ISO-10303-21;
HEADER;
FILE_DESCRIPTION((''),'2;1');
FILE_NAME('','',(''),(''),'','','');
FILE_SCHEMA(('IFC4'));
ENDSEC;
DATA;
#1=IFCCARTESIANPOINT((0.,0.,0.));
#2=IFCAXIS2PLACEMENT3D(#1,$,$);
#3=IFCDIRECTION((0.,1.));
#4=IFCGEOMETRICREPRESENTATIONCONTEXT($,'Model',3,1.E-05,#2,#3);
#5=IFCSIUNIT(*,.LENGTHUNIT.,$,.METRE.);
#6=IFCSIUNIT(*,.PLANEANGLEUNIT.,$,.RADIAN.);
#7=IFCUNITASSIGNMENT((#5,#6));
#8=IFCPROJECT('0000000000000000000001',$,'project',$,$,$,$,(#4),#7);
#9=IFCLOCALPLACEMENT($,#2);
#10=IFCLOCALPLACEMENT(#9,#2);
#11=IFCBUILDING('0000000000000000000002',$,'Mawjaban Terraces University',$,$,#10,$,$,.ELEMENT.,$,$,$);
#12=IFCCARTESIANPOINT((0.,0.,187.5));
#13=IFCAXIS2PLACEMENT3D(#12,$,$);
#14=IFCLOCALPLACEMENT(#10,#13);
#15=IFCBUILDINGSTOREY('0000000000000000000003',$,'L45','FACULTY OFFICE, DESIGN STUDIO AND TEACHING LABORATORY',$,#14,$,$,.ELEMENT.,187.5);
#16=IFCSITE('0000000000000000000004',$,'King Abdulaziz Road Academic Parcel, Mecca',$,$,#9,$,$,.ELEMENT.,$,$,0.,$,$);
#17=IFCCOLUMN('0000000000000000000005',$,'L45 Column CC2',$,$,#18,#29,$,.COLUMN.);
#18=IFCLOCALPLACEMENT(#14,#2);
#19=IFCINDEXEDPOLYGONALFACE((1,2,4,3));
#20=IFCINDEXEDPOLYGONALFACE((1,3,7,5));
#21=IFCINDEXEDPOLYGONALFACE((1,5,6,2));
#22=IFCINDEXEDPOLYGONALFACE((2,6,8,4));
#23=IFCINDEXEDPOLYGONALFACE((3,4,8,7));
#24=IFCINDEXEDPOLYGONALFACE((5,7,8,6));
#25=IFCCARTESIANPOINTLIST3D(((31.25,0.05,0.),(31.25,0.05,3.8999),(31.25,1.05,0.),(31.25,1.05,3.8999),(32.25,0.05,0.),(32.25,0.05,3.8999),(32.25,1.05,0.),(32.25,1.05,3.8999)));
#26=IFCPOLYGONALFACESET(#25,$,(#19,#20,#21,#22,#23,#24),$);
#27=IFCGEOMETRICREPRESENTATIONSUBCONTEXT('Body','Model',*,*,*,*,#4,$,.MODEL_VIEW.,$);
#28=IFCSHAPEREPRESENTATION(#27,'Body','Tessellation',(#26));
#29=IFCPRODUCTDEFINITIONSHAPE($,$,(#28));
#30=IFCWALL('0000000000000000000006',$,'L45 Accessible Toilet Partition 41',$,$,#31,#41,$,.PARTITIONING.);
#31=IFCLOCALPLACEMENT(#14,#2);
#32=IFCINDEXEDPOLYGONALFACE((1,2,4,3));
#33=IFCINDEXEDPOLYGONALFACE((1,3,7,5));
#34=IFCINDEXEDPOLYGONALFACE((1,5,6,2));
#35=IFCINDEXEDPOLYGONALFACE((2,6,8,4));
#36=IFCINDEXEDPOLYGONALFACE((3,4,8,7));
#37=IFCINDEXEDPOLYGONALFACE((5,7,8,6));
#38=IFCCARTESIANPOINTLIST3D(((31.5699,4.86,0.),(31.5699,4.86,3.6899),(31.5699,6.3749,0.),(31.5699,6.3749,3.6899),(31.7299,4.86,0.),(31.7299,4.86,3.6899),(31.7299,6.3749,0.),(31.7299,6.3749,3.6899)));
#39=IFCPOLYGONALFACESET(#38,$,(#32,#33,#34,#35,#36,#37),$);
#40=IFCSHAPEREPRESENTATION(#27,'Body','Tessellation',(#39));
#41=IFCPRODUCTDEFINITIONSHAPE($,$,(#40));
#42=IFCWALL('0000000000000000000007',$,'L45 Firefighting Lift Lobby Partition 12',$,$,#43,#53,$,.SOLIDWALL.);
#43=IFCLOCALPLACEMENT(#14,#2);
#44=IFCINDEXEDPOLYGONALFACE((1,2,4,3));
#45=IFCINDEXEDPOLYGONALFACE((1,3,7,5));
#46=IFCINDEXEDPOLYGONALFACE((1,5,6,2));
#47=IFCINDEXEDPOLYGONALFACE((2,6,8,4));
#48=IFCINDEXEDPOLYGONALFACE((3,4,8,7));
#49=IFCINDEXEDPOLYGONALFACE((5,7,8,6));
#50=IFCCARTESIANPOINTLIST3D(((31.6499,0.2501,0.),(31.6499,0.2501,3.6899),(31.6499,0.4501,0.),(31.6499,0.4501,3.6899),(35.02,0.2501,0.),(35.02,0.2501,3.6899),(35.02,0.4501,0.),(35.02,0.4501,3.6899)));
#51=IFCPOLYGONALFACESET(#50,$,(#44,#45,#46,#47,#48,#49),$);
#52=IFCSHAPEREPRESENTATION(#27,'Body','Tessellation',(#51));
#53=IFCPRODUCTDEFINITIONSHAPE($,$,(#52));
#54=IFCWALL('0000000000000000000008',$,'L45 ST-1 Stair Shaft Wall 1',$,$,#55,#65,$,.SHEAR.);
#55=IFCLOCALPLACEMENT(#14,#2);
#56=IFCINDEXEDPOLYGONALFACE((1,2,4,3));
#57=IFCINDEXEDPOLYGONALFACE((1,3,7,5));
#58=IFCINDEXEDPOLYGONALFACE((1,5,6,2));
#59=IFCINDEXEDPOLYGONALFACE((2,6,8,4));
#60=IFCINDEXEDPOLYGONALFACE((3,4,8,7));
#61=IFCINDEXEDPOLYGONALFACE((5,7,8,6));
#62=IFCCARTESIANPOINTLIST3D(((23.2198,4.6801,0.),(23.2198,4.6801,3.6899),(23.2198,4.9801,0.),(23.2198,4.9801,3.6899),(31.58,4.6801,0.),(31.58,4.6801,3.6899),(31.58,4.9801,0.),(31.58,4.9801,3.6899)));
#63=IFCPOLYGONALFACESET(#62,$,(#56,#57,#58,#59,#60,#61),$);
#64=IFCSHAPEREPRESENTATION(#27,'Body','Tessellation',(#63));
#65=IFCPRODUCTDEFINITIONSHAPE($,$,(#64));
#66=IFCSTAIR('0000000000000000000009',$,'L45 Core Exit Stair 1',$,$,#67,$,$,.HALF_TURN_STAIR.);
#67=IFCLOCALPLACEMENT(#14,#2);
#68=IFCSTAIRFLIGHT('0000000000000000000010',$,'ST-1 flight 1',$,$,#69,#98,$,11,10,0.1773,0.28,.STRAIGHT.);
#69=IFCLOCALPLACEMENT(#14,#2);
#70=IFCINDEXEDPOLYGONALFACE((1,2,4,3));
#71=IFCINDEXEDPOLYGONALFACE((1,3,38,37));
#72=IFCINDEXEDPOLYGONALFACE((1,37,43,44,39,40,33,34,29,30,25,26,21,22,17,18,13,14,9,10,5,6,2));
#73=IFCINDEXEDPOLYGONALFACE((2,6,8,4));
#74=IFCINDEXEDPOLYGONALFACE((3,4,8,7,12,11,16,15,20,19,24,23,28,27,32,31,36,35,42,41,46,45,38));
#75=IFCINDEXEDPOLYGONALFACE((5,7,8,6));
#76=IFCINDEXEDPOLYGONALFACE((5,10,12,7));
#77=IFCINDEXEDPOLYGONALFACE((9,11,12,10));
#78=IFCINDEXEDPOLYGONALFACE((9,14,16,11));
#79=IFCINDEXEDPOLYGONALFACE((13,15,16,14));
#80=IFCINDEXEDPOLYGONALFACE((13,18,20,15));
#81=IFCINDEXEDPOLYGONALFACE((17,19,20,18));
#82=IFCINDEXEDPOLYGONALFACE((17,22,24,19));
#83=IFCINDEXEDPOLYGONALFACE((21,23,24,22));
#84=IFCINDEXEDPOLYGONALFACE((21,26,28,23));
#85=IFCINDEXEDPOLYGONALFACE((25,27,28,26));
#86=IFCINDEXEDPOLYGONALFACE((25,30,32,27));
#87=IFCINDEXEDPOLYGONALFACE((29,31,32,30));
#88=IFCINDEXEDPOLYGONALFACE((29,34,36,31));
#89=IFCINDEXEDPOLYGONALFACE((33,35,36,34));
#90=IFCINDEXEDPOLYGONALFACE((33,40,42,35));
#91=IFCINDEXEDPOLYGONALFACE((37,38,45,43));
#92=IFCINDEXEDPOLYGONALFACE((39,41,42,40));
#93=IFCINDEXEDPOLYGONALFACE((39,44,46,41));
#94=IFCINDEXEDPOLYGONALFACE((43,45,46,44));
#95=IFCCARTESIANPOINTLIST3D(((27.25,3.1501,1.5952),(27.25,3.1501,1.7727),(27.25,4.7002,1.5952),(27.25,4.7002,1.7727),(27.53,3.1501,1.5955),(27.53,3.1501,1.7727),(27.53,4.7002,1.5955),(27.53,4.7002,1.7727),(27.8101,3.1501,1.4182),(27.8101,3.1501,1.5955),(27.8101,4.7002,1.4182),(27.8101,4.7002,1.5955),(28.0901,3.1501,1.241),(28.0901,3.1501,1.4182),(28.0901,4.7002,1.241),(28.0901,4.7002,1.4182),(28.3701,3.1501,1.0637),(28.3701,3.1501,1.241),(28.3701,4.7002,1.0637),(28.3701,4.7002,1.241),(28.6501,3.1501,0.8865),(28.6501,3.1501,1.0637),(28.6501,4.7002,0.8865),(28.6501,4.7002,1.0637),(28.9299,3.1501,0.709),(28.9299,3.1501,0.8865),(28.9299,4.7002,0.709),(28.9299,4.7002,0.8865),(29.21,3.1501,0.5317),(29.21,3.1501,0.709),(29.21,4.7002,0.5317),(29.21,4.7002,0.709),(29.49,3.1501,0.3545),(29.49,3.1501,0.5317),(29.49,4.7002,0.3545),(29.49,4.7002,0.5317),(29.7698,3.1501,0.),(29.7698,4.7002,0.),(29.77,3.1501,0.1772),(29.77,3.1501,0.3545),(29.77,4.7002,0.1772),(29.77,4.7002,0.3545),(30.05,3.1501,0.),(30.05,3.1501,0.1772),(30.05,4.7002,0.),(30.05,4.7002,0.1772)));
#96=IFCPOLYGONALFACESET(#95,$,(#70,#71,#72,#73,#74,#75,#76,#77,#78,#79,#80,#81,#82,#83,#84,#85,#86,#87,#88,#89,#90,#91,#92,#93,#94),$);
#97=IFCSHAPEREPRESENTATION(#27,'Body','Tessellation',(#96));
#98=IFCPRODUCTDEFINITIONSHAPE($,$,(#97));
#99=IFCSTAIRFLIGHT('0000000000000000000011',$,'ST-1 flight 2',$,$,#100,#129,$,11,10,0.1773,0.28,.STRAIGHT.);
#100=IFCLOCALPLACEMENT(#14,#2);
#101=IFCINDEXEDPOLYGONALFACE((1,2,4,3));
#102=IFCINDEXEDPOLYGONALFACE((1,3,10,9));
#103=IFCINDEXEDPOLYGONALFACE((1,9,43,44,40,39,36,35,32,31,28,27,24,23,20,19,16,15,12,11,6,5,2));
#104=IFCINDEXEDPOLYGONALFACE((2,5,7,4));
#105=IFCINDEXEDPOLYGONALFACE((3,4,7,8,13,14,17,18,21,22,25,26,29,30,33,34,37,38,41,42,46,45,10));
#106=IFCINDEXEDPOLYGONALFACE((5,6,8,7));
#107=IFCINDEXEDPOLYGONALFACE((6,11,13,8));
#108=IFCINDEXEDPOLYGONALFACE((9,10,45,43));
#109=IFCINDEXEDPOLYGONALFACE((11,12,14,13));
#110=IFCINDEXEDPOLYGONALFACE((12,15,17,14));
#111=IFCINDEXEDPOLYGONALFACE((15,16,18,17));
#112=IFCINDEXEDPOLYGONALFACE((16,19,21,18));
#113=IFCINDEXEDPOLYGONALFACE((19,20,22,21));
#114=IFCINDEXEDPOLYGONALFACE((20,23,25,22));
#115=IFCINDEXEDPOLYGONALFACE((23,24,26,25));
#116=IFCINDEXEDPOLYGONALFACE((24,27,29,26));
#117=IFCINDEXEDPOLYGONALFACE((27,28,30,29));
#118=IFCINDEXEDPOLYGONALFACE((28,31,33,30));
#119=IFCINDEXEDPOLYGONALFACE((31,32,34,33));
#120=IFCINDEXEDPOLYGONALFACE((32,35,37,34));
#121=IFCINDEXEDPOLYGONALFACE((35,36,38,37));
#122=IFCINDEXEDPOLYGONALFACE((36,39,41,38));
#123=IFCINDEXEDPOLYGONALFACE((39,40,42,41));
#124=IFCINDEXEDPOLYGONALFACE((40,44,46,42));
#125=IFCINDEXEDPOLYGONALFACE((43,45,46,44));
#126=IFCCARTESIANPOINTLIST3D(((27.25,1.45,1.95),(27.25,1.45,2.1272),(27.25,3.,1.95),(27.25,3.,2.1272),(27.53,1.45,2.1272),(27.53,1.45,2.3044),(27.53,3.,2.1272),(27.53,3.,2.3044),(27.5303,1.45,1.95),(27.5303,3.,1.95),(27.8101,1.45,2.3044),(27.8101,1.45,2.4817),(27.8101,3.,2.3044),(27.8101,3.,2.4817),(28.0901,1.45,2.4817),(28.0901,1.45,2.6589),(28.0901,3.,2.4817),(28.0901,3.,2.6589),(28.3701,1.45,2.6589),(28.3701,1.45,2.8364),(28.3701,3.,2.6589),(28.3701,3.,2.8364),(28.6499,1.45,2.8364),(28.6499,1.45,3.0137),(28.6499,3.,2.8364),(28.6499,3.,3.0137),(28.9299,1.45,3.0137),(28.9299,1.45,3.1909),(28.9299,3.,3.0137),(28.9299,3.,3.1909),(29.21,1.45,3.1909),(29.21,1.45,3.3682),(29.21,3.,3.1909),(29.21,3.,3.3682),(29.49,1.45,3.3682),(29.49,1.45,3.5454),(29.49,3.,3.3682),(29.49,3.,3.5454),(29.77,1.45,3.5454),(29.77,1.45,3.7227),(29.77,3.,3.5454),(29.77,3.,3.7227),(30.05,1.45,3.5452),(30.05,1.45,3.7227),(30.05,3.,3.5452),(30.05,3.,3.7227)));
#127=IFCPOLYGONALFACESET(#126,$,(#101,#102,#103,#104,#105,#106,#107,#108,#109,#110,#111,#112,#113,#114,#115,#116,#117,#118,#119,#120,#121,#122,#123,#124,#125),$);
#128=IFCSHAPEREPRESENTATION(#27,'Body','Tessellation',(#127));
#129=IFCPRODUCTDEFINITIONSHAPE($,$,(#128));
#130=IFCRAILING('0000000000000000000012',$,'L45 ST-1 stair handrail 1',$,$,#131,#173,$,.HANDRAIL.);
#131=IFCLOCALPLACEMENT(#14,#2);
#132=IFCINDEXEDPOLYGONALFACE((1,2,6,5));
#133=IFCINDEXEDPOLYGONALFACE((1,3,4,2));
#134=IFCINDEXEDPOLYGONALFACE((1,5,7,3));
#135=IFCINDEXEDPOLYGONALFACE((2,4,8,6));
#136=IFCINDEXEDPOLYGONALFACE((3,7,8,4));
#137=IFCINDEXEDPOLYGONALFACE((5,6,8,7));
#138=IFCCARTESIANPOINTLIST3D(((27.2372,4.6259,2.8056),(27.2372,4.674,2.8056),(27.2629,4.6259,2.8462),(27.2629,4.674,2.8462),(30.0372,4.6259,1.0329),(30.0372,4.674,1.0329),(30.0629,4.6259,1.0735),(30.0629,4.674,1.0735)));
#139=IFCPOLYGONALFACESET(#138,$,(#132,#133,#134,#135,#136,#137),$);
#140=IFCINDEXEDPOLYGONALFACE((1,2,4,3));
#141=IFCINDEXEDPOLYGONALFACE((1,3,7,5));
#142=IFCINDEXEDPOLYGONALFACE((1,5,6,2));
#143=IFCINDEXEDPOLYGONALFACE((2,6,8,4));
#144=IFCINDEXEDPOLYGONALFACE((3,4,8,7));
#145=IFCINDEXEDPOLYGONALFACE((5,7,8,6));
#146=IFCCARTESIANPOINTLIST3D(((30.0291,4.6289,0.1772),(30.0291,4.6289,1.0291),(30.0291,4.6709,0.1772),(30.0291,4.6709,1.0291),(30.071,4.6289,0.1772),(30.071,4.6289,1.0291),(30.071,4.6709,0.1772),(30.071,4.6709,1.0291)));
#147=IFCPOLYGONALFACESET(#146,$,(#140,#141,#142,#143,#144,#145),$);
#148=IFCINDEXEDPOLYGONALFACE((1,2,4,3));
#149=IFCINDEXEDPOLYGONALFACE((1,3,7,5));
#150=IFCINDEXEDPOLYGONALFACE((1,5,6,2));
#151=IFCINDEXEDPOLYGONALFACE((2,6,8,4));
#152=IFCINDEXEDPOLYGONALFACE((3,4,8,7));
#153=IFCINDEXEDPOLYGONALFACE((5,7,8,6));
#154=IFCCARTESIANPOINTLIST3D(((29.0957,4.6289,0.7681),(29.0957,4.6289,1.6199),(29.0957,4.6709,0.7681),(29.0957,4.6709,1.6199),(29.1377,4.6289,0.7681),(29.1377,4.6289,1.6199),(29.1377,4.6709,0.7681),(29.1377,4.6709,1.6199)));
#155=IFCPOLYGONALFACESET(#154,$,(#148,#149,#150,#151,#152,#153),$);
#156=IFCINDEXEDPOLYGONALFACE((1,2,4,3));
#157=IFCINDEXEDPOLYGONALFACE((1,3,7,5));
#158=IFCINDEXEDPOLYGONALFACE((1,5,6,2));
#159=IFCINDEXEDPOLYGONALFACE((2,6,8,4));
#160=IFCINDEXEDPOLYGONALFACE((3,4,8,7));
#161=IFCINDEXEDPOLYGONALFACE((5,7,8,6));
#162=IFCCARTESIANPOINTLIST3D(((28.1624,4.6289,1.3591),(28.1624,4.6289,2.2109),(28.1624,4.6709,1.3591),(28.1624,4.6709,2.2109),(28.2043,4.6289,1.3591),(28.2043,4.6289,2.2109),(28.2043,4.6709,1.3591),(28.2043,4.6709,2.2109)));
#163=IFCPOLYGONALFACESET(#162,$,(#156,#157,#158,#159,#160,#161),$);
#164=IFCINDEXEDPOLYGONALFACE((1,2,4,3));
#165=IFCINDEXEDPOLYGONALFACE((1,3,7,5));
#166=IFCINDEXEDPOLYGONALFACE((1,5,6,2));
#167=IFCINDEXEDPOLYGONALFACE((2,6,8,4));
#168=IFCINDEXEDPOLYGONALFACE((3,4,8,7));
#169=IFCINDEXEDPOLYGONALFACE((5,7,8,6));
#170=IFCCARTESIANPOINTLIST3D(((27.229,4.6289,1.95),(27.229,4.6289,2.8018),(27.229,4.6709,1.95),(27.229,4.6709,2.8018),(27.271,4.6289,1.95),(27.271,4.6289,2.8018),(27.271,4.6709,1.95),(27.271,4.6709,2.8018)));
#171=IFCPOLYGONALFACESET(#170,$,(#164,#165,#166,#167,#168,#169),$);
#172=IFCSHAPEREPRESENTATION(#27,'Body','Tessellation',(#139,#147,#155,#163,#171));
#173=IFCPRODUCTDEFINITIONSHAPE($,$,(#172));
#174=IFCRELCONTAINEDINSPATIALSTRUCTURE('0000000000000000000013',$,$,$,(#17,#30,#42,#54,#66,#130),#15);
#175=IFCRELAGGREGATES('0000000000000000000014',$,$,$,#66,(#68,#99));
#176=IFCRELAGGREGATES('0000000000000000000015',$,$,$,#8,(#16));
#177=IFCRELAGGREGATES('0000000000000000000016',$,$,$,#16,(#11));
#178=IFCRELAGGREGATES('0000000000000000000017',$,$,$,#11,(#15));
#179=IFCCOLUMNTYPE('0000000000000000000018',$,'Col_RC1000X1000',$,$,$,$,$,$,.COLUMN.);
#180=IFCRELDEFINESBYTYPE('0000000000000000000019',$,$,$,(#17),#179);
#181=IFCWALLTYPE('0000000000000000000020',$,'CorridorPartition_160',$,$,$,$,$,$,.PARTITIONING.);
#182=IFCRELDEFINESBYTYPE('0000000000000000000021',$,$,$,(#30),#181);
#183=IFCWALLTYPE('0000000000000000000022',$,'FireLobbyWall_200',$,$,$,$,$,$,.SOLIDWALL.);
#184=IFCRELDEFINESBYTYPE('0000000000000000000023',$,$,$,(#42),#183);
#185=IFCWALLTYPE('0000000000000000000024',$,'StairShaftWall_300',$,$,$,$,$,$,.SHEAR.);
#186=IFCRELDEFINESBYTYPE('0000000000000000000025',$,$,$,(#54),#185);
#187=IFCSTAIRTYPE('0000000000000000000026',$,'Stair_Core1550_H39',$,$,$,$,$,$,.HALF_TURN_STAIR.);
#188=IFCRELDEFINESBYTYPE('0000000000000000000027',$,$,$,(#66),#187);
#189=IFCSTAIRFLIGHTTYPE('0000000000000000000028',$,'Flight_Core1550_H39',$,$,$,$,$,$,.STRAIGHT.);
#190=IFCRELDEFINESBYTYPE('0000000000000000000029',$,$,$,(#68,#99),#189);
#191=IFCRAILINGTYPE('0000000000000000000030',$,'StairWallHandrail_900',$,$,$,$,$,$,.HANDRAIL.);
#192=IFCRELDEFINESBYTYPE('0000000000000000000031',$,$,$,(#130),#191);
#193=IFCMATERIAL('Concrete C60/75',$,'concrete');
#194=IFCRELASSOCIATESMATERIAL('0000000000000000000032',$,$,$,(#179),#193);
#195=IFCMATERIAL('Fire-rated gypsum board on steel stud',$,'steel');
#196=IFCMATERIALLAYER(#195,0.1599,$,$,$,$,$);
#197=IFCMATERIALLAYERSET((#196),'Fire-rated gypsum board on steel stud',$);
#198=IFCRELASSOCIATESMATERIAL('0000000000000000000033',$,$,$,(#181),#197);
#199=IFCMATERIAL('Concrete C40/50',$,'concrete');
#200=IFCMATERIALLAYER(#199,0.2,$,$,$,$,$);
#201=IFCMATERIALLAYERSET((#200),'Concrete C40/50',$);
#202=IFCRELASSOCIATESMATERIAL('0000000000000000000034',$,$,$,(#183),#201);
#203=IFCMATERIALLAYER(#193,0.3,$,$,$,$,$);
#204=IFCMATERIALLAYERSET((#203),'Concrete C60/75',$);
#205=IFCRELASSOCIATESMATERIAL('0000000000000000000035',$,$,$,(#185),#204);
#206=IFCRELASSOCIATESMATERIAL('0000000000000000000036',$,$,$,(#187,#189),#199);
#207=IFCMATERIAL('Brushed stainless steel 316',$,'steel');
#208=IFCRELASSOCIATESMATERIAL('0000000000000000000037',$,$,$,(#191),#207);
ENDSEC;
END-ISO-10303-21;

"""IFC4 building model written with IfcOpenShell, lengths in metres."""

from ifc_helpers import new_model, si_unit, direction, frame, frame_2d, origin, origin_2d, place, context, subcontext, project, spatial, polyline, rectangle, outline, extrude, material, layer, layer_set, material_profile, profile_set, type_object, element, aggregate, save


model = new_model("IFC4")

# Units and contexts
model_context = context("Model", 3, precision=1e-05, world=origin(), true_north=direction((0.0, 1.0)))
body_context = subcontext(model_context, "Body", "Model", "MODEL_VIEW")
ifc_project = project(units=[si_unit("LENGTHUNIT", "METRE"), si_unit("PLANEANGLEUNIT", "RADIAN")], contexts=[model_context])

# Site, building, storey
site_placement = place(None, origin())
site = spatial("IfcSite", under=ifc_project, at=site_placement, Name="King Abdulaziz Road Academic Parcel, Mecca", CompositionType="ELEMENT", RefElevation=0.0)
building_placement = place(site_placement, origin())
building = spatial("IfcBuilding", under=site, at=building_placement, Name="Mawjaban Terraces University", CompositionType="ELEMENT")
storey_placement = place(building_placement, frame((0.0, 0.0, 187.5)))
storey = spatial("IfcBuildingStorey", under=building, at=storey_placement, Name="L45", Description="FACULTY OFFICE, DESIGN STUDIO AND TEACHING LABORATORY", CompositionType="ELEMENT", Elevation=187.5)

# Column
ifc_material_1 = material(Name="Concrete C60/75", Category="concrete")
ifc_material_profile = material_profile(ifc_material_1, rectangle(XDim=1.0, YDim=1.0, at=origin_2d()), Name="RC1000X1000")
ifc_profile_set = profile_set([ifc_material_profile], Name="Concrete C60/75")
column_type = type_object("IfcColumnType", Name="Col_RC1000X1000", PredefinedType="COLUMN", material=ifc_profile_set)
column_placement = place(storey_placement, frame((31.75, 0.55, 0.0), z_axis=(0.0, 0.0, 1.0), x_axis=(1.0, 0.0, 0.0)))
element("IfcColumn", 1, at=column_placement, inside=storey, type_object=column_type, Name="L45 Column CC2", PredefinedType="COLUMN", context=body_context, shape_type="SweptSolid", body=[
    extrude(rectangle(XDim=1.0, YDim=1.0, at=origin_2d()), origin(), (0.0, 0.0, 1.0), 3.8999),
])

# Wall
ifc_material_2 = material(Name="Fire-rated gypsum board on steel stud", Category="steel")
ifc_layer_1 = layer(ifc_material_2, 0.1599)
ifc_layer_set_1 = layer_set([ifc_layer_1], Name="Fire-rated gypsum board on steel stud")
wall_type_1 = type_object("IfcWallType", Name="CorridorPartition_160", PredefinedType="PARTITIONING", material=ifc_layer_set_1)
wall_1_placement = place(storey_placement, frame((31.6499, 4.8601, 0.0), z_axis=(0.0, 0.0, 1.0), x_axis=(0.0, 1.0, 0.0)))
element("IfcWall", 2, at=wall_1_placement, inside=storey, type_object=wall_type_1, Name="L45 Accessible Toilet Partition 41", PredefinedType="PARTITIONING", context=body_context, shape_type="SweptSolid", body=[
    extrude(rectangle(XDim=1.5149, YDim=0.1599, at=frame_2d((0.7573, 0.0))), origin(), (0.0, 0.0, 1.0), 3.6899),
])

# Shared definitions
ifc_material_3 = material(Name="Concrete C40/50", Category="concrete")
ifc_layer_2 = layer(ifc_material_3, 0.2)
ifc_layer_set_2 = layer_set([ifc_layer_2], Name="Concrete C40/50")
wall_type_2 = type_object("IfcWallType", Name="FireLobbyWall_200", PredefinedType="SOLIDWALL", material=ifc_layer_set_2)

# Wall
wall_2_placement = place(storey_placement, frame((31.6499, 0.3501, 0.0), z_axis=(0.0, 0.0, 1.0), x_axis=(1.0, 0.0, 0.0)))
element("IfcWall", 3, at=wall_2_placement, inside=storey, type_object=wall_type_2, Name="L45 Firefighting Lift Lobby Partition 12", PredefinedType="SOLIDWALL", context=body_context, shape_type="SweptSolid", body=[
    extrude(rectangle(XDim=3.3701, YDim=0.2, at=frame_2d((1.6851, 0.0))), origin(), (0.0, 0.0, 1.0), 3.6899),
])

# Wall
ifc_layer_3 = layer(ifc_material_1, 0.3)
ifc_layer_set_3 = layer_set([ifc_layer_3], Name="Concrete C60/75")
wall_type_3 = type_object("IfcWallType", Name="StairShaftWall_300", PredefinedType="SHEAR", material=ifc_layer_set_3)
wall_3_placement = place(storey_placement, frame((31.5801, 4.8301, 0.0), z_axis=(0.0, 0.0, 1.0), x_axis=(-1.0, 0.0, 0.0)))
element("IfcWall", 4, at=wall_3_placement, inside=storey, type_object=wall_type_3, Name="L45 ST-1 Stair Shaft Wall 1", PredefinedType="SHEAR", context=body_context, shape_type="SweptSolid", body=[
    extrude(rectangle(XDim=8.3601, YDim=0.3, at=frame_2d((4.1802, 0.0))), origin(), (0.0, 0.0, 1.0), 3.6899),
])

# Stair, stair flights
stair_type = type_object("IfcStairType", Name="Stair_Core1550_H39", PredefinedType="HALF_TURN_STAIR", material=ifc_material_3)
stair_placement = place(storey_placement, origin())
stair = element("IfcStair", 5, at=stair_placement, inside=storey, type_object=stair_type, Name="L45 Core Exit Stair 1", PredefinedType="HALF_TURN_STAIR")
stair_flight_type = type_object("IfcStairFlightType", Name="Flight_Core1550_H39", PredefinedType="STRAIGHT", material=ifc_material_3)
stair_flight_1_placement = place(storey_placement, frame((30.05, 3.925, 0.0), z_axis=(0.0, 0.0, 1.0), x_axis=(-1.0, 0.0, 0.0)))
stair_flight_1 = element("IfcStairFlight", 6, at=stair_flight_1_placement, type_object=stair_flight_type, Name="ST-1 flight 1", NumberOfRisers=11, NumberOfTreads=10, PredefinedType="STRAIGHT", RiserHeight=0.1773, TreadLength=0.28, context=body_context, shape_type="SweptSolid", body=[
    extrude(outline(polyline([(0.0, 0.0), (0.0, 0.1772), (0.28, 0.1772), (0.28, 0.3545), (0.5601, 0.3545), (0.5601, 0.5317), (0.8401, 0.5317), (0.8401, 0.709), (1.1201, 0.709), (1.1201, 0.8865), (1.3999, 0.8865), (1.3999, 1.0637), (1.6799, 1.0637), (1.6799, 1.241), (1.96, 1.241), (1.96, 1.4182), (2.24, 1.4182), (2.24, 1.5955), (2.52, 1.5955), (2.52, 1.7727), (2.8, 1.7727), (2.8, 1.95), (2.8, 1.5952), (0.2803, 0.0), (0.0, 0.0)])), frame((0.0, 0.7749, 0.0), z_axis=(0.0, -1.0, 0.0), x_axis=(1.0, 0.0, 0.0)), (0.0, 0.0, 1.0), 1.55),
])
stair_flight_2_placement = place(storey_placement, frame((27.25, 2.2251, 1.95), z_axis=(0.0, 0.0, 1.0), x_axis=(1.0, 0.0, 0.0)))
stair_flight_2 = element("IfcStairFlight", 7, at=stair_flight_2_placement, type_object=stair_flight_type, Name="ST-1 flight 2", NumberOfRisers=11, NumberOfTreads=10, PredefinedType="STRAIGHT", RiserHeight=0.1773, TreadLength=0.28, context=body_context, shape_type="SweptSolid", body=[
    extrude(outline(polyline([(0.0, 0.0), (0.0, 0.1772), (0.28, 0.1772), (0.28, 0.3545), (0.5601, 0.3545), (0.5601, 0.5317), (0.8401, 0.5317), (0.8401, 0.709), (1.1201, 0.709), (1.1201, 0.8865), (1.3999, 0.8865), (1.3999, 1.0637), (1.6799, 1.0637), (1.6799, 1.241), (1.96, 1.241), (1.96, 1.4182), (2.24, 1.4182), (2.24, 1.5955), (2.52, 1.5955), (2.52, 1.7727), (2.8, 1.7727), (2.8, 1.95), (2.8, 1.5952), (0.2803, 0.0), (0.0, 0.0)])), frame((0.0, 0.7749, 0.0), z_axis=(0.0, -1.0, 0.0), x_axis=(1.0, 0.0, 0.0)), (0.0, 0.0, 1.0), 1.55),
])
aggregate(stair, [stair_flight_1, stair_flight_2])

# Railing
ifc_material_4 = material(Name="Brushed stainless steel 316", Category="steel")
railing_type_1 = type_object("IfcRailingType", Name="StairWallHandrail_900", PredefinedType="HANDRAIL", material=ifc_material_4)
railing_1_placement = place(storey_placement, frame((30.05, 4.6499, 0.1772)))
element("IfcRailing", 8, at=railing_1_placement, inside=storey, type_object=railing_type_1, Name="L45 ST-1 stair handrail 1", PredefinedType="HANDRAIL", context=body_context, shape_type="SweptSolid", body=[
    extrude(rectangle(XDim=0.0481, YDim=0.0481, at=origin_2d()), frame((0.0, 0.0, 0.876), z_axis=(-0.844909, 0.0, 0.53491), x_axis=(0.0, -1.0, 0.0)), (0.0, 0.0, 1.0), 3.314),
    extrude(rectangle(XDim=0.042, YDim=0.042, at=origin_2d()), origin(), (0.0, 0.0, 1.0), 0.8518),
    extrude(rectangle(XDim=0.042, YDim=0.042, at=origin_2d()), frame((-0.9333, 0.0, 0.5908)), (0.0, 0.0, 1.0), 0.8518),
    extrude(rectangle(XDim=0.042, YDim=0.042, at=origin_2d()), frame((-1.8667, 0.0, 1.1819)), (0.0, 0.0, 1.0), 0.8518),
    extrude(rectangle(XDim=0.042, YDim=0.042, at=origin_2d()), frame((-2.8, 0.0, 1.7727)), (0.0, 0.0, 1.0), 0.8518),
])

save(model, "model.ifc")
